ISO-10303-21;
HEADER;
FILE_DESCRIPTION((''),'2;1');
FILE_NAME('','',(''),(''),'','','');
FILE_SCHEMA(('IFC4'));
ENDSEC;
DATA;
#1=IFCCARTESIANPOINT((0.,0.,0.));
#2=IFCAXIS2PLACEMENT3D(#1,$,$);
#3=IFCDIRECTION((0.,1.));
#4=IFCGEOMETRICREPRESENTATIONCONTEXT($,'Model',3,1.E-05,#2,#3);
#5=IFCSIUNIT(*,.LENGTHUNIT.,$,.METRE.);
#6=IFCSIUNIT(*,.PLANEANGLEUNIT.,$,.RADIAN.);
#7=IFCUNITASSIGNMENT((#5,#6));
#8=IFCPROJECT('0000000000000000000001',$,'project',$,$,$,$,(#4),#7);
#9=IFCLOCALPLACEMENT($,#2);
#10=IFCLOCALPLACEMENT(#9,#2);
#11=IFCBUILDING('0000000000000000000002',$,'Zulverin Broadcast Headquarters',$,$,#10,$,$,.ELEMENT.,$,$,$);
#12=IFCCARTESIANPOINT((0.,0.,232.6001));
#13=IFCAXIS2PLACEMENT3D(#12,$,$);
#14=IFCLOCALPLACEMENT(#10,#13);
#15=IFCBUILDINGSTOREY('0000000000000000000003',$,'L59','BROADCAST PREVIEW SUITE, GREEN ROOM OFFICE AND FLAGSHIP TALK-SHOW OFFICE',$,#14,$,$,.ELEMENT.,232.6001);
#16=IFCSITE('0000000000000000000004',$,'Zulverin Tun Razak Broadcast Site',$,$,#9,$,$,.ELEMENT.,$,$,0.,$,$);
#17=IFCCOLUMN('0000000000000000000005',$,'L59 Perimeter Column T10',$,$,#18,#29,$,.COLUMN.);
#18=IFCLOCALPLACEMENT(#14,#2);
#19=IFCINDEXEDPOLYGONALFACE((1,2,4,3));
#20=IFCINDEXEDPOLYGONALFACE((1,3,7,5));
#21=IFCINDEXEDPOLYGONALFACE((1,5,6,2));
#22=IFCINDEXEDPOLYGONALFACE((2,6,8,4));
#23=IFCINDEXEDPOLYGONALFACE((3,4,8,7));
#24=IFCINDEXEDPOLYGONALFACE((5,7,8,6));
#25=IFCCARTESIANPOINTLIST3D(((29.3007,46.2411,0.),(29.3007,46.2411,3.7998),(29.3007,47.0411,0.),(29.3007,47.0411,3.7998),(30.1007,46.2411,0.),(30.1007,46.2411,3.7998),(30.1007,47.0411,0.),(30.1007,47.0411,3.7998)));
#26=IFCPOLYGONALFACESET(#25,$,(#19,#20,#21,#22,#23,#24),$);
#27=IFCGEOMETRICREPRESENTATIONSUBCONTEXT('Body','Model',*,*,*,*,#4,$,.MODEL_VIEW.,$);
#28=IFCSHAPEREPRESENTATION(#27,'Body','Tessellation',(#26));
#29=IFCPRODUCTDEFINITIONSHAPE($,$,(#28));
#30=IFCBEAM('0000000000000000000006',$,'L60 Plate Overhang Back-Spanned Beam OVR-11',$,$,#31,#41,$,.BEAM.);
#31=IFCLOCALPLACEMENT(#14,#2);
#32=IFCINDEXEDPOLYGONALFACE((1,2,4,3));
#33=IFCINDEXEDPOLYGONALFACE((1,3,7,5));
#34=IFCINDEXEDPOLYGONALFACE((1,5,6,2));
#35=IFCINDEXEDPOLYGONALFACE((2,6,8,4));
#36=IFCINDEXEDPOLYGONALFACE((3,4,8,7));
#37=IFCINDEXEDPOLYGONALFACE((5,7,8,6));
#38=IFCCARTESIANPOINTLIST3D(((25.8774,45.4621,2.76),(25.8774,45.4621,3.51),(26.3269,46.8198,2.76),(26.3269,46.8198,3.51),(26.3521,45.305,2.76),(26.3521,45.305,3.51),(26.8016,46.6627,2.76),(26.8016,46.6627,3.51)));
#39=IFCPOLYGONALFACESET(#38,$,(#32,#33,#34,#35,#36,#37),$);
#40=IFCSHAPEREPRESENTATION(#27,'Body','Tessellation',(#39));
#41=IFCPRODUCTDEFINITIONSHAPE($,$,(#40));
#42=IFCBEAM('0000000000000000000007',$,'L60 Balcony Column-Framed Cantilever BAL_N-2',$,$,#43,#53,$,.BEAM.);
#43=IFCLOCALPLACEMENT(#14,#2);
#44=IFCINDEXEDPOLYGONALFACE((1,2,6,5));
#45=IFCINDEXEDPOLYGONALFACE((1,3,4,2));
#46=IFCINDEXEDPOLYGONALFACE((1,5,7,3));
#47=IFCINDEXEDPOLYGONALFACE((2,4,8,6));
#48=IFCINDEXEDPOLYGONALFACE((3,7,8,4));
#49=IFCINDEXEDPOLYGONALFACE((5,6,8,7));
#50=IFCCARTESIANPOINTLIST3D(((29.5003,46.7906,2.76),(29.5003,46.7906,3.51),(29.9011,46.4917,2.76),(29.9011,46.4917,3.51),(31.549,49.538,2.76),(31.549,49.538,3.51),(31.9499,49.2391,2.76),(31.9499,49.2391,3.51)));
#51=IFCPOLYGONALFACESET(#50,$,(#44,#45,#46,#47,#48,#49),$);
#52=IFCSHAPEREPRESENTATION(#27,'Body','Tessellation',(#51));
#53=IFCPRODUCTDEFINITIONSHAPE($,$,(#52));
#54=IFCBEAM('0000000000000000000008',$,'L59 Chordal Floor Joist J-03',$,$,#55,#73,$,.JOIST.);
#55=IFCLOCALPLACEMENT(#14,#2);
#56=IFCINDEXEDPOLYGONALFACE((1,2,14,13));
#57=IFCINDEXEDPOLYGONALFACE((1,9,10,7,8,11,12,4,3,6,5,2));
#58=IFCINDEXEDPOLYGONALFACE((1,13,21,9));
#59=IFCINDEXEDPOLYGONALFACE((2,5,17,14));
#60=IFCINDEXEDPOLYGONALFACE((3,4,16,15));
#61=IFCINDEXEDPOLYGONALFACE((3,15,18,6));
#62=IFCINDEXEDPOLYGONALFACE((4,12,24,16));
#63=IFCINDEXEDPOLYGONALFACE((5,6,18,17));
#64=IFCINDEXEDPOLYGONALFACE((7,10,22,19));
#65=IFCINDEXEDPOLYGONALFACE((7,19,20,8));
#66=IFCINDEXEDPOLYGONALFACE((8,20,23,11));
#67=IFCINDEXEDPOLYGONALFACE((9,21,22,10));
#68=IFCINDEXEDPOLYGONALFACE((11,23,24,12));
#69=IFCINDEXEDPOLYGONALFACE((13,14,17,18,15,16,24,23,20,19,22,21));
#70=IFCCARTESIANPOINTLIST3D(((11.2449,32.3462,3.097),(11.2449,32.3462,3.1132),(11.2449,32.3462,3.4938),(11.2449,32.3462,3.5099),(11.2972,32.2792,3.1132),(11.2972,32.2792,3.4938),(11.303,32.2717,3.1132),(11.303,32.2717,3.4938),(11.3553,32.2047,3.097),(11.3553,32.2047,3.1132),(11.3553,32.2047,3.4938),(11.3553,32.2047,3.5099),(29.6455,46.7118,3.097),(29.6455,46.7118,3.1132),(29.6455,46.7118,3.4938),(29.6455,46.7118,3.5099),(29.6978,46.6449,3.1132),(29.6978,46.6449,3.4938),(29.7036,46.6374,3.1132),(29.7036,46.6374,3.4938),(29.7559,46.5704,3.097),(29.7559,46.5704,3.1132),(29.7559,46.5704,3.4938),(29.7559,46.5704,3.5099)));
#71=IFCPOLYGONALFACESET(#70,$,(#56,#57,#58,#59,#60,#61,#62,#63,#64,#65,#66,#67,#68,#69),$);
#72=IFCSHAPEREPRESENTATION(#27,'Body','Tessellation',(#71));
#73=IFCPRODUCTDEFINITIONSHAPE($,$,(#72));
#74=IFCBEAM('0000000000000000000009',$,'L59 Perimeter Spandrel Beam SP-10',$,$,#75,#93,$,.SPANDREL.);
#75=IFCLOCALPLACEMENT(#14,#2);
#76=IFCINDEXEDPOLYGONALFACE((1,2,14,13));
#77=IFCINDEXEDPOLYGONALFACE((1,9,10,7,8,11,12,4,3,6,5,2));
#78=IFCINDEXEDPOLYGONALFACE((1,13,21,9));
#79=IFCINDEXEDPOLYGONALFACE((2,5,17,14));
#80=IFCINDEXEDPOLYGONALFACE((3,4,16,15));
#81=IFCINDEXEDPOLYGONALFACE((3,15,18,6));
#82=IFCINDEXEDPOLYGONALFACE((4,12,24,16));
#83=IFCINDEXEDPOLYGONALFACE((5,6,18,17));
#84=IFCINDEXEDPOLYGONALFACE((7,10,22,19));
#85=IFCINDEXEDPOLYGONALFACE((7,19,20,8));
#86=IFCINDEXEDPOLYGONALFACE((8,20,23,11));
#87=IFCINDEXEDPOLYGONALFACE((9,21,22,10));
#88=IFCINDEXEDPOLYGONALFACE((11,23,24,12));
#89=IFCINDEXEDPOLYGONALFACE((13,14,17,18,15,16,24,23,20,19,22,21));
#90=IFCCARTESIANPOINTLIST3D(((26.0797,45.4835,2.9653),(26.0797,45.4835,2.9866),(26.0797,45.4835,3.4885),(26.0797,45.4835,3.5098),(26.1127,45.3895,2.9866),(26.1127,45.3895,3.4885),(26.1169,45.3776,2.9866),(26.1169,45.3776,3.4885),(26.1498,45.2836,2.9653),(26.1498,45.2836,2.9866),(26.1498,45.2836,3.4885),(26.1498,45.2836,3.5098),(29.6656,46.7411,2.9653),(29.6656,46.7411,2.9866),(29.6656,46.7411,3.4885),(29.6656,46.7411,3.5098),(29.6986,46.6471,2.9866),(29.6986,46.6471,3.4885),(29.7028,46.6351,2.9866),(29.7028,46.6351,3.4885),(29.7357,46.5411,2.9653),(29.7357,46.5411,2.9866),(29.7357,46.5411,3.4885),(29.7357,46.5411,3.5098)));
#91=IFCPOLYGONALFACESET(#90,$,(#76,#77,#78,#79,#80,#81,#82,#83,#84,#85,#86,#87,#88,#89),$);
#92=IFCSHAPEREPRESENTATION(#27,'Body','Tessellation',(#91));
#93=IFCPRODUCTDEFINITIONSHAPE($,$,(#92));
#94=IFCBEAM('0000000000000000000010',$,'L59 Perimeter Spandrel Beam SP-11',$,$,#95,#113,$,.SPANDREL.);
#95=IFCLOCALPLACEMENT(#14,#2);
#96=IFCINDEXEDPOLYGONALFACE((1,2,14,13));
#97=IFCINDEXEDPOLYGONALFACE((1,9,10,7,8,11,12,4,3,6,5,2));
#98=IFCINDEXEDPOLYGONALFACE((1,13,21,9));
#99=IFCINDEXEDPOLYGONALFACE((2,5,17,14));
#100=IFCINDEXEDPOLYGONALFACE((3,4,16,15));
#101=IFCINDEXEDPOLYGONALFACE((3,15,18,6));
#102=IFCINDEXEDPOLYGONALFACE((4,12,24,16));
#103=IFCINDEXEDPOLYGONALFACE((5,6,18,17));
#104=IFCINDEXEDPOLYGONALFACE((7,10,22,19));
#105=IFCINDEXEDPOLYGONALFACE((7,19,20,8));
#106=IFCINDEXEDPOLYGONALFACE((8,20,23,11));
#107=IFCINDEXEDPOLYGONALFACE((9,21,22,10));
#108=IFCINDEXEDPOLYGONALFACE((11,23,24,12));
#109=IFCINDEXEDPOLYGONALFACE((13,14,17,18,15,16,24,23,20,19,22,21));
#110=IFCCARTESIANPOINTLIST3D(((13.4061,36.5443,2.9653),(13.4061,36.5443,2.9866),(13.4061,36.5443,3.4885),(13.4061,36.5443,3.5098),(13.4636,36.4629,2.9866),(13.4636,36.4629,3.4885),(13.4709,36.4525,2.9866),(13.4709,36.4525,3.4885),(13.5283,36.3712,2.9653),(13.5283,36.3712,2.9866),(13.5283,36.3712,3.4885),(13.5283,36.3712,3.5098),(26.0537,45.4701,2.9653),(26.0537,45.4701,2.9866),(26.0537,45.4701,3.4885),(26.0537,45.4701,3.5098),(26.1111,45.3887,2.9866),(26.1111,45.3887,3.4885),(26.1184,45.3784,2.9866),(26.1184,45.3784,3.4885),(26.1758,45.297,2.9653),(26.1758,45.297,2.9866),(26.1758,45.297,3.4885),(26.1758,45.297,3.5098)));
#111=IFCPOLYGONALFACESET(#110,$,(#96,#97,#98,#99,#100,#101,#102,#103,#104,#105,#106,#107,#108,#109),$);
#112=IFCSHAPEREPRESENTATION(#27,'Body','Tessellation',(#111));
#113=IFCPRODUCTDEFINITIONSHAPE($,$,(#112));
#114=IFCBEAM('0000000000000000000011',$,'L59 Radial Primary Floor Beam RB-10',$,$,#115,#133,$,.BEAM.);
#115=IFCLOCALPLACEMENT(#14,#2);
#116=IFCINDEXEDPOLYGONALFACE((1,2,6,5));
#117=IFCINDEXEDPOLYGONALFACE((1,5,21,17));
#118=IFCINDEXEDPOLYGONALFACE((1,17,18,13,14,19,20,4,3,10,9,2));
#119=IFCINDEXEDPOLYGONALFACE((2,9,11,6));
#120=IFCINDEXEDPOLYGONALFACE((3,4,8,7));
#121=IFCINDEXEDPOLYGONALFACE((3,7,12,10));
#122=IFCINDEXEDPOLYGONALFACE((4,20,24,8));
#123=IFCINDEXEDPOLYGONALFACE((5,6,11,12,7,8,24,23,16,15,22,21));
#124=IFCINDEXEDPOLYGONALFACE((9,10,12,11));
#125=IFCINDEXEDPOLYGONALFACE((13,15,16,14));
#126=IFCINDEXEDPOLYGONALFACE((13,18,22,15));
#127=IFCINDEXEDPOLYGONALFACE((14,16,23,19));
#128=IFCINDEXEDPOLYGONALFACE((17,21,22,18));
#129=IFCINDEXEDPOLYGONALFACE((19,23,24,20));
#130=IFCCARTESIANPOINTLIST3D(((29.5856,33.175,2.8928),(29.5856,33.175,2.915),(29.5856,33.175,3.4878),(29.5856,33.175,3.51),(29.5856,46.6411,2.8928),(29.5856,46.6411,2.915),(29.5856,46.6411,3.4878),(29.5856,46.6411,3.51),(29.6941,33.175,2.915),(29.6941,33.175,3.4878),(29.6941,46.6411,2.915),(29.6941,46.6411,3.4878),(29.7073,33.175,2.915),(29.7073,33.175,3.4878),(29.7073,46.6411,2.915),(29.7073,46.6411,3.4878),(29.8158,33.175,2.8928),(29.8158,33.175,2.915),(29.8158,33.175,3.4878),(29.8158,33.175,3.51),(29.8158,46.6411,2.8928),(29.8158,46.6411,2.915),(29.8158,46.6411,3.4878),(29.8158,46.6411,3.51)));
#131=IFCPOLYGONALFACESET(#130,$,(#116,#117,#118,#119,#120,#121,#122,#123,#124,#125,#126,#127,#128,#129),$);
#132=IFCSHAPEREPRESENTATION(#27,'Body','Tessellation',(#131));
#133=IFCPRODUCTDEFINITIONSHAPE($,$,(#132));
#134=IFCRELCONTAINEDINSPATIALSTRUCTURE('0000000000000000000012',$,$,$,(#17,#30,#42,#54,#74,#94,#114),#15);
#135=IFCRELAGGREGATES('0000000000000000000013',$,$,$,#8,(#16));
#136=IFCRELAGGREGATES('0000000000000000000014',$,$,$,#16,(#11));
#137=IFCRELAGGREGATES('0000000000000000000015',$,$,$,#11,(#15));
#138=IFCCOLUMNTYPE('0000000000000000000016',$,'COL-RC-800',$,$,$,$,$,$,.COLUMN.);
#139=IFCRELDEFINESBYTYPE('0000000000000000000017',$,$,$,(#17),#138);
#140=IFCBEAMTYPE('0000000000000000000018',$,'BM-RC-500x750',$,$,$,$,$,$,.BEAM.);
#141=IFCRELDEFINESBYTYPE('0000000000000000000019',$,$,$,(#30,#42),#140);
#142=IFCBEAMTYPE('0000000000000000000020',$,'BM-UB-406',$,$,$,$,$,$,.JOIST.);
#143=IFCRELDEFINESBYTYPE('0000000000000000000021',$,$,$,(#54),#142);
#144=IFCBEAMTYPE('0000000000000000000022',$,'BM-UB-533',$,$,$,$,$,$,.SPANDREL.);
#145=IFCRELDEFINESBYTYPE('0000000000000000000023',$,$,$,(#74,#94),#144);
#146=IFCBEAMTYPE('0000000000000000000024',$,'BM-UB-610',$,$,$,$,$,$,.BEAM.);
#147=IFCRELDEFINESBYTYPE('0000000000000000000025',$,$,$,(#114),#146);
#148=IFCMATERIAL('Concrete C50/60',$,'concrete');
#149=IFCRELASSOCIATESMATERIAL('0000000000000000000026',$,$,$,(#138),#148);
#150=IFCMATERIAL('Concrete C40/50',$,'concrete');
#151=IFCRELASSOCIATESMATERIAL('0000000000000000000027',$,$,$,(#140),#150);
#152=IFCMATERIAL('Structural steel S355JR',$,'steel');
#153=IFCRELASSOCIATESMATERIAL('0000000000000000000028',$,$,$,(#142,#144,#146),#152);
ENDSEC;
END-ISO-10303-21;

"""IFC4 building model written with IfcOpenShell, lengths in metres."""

from ifc_helpers import new_model, si_unit, direction, frame, origin, origin_2d, place, context, subcontext, project, spatial, rectangle, i_section, extrude, material, material_profile, profile_set, type_object, element, save


model = new_model("IFC4")

# Units and contexts
model_context = context("Model", 3, precision=1e-05, world=origin(), true_north=direction((0.0, 1.0)))
body_context = subcontext(model_context, "Body", "Model", "MODEL_VIEW")
ifc_project = project(units=[si_unit("LENGTHUNIT", "METRE"), si_unit("PLANEANGLEUNIT", "RADIAN")], contexts=[model_context])

# Site, building, storey
site_placement = place(None, origin())
site = spatial("IfcSite", under=ifc_project, at=site_placement, Name="Zulverin Tun Razak Broadcast Site", CompositionType="ELEMENT", RefElevation=0.0)
building_placement = place(site_placement, origin())
building = spatial("IfcBuilding", under=site, at=building_placement, Name="Zulverin Broadcast Headquarters", CompositionType="ELEMENT")
storey_placement = place(building_placement, frame((0.0, 0.0, 232.6001)))
storey = spatial("IfcBuildingStorey", under=building, at=storey_placement, Name="L59", Description="BROADCAST PREVIEW SUITE, GREEN ROOM OFFICE AND FLAGSHIP TALK-SHOW OFFICE", CompositionType="ELEMENT", Elevation=232.6001)

# Column
ifc_material_1 = material(Name="Concrete C50/60", Category="concrete")
ifc_material_profile_1 = material_profile(ifc_material_1, rectangle(XDim=0.8, YDim=0.8, at=origin_2d()), Name="Concrete C50/60", Category="concrete")
ifc_profile_set_1 = profile_set([ifc_material_profile_1], Name="Concrete C50/60")
column_type = type_object("IfcColumnType", Name="COL-RC-800", PredefinedType="COLUMN", material=ifc_profile_set_1)
column_placement = place(storey_placement, frame((29.7007, 46.6411, 0.0), z_axis=(0.0, 0.0, 1.0), x_axis=(1.0, 0.0, 0.0)))
element("IfcColumn", 1, at=column_placement, inside=storey, type_object=column_type, Name="L59 Perimeter Column T10", PredefinedType="COLUMN", context=body_context, shape_type="SweptSolid", body=[
    extrude(rectangle(XDim=0.8, YDim=0.8, at=origin_2d()), origin(), (0.0, 0.0, 1.0), 3.7998),
])

# Beams
ifc_material_2 = material(Name="Concrete C40/50", Category="concrete")
ifc_material_profile_2 = material_profile(ifc_material_2, rectangle(XDim=0.5, YDim=0.75, at=origin_2d()), Name="Concrete C40/50", Category="concrete")
ifc_profile_set_2 = profile_set([ifc_material_profile_2], Name="Concrete C40/50")
beam_type_1 = type_object("IfcBeamType", Name="BM-RC-500x750", PredefinedType="BEAM", material=ifc_profile_set_2)
beam_1_placement = place(storey_placement, frame((26.1147, 45.3835, 3.135), z_axis=(0.314281, 0.94933, 0.0), x_axis=(-0.94933, 0.314281, 0.0)))
element("IfcBeam", 2, at=beam_1_placement, inside=storey, type_object=beam_type_1, Name="L60 Plate Overhang Back-Spanned Beam OVR-11", PredefinedType="BEAM", context=body_context, shape_type="SweptSolid", body=[
    extrude(rectangle(XDim=0.5, YDim=0.75, at=origin_2d()), origin(), (0.0, 0.0, 1.0), 1.4302),
])
beam_2_placement = place(storey_placement, frame((29.7007, 46.6411, 3.135), z_axis=(0.597787, 0.801655, 0.0), x_axis=(-0.801655, 0.597787, 0.0)))
element("IfcBeam", 3, at=beam_2_placement, inside=storey, type_object=beam_type_1, Name="L60 Balcony Column-Framed Cantilever BAL_N-2", PredefinedType="BEAM", context=body_context, shape_type="SweptSolid", body=[
    extrude(rectangle(XDim=0.5, YDim=0.75, at=origin_2d()), origin(), (0.0, 0.0, 1.0), 3.4272),
])
ifc_material_3 = material(Name="Structural steel S355JR", Category="steel")
ifc_material_profile_3 = material_profile(ifc_material_3, i_section(OverallWidth=0.1794, OverallDepth=0.4128, WebThickness=0.0095, FlangeThickness=0.0161, at=origin_2d()), Name="Structural steel S355JR", Category="steel")
ifc_profile_set_3 = profile_set([ifc_material_profile_3], Name="Structural steel S355JR")
beam_type_2 = type_object("IfcBeamType", Name="BM-UB-406", PredefinedType="JOIST", material=ifc_profile_set_3)
beam_3_placement = place(storey_placement, frame((29.7007, 46.6411, 3.3035), z_axis=(-0.788227, -0.615384, 0.0), x_axis=(0.615384, -0.788227, 0.0)))
element("IfcBeam", 4, at=beam_3_placement, inside=storey, type_object=beam_type_2, Name="L59 Chordal Floor Joist J-03", PredefinedType="JOIST", context=body_context, shape_type="SweptSolid", body=[
    extrude(i_section(OverallWidth=0.1794, OverallDepth=0.4128, WebThickness=0.0095, FlangeThickness=0.0161, at=origin_2d()), origin(), (0.0, 0.0, 1.0), 23.3442),
])
ifc_material_profile_4 = material_profile(ifc_material_3, i_section(OverallWidth=0.2119, OverallDepth=0.5444, WebThickness=0.0127, FlangeThickness=0.0212, at=origin_2d()), Name="Structural steel S355JR", Category="steel")
ifc_profile_set_4 = profile_set([ifc_material_profile_4], Name="Structural steel S355JR")
beam_type_3 = type_object("IfcBeamType", Name="BM-UB-533", PredefinedType="SPANDREL", material=ifc_profile_set_4)
beam_4_placement = place(storey_placement, frame((29.7007, 46.6411, 3.2375), z_axis=(-0.943654, -0.330934, 0.0), x_axis=(0.330934, -0.943654, 0.0)))
element("IfcBeam", 5, at=beam_4_placement, inside=storey, type_object=beam_type_3, Name="L59 Perimeter Spandrel Beam SP-10", PredefinedType="SPANDREL", context=body_context, shape_type="SweptSolid", body=[
    extrude(i_section(OverallWidth=0.2119, OverallDepth=0.5444, WebThickness=0.0127, FlangeThickness=0.0212, at=origin_2d()), origin(), (0.0, 0.0, 1.0), 3.8),
])
beam_5_placement = place(storey_placement, frame((26.1147, 45.3835, 3.2375), z_axis=(-0.817024, -0.576604, 0.0), x_axis=(0.576604, -0.817024, 0.0)))
element("IfcBeam", 6, at=beam_5_placement, inside=storey, type_object=beam_type_3, Name="L59 Perimeter Spandrel Beam SP-11", PredefinedType="SPANDREL", context=body_context, shape_type="SweptSolid", body=[
    extrude(i_section(OverallWidth=0.2119, OverallDepth=0.5444, WebThickness=0.0127, FlangeThickness=0.0212, at=origin_2d()), origin(), (0.0, 0.0, 1.0), 15.48),
])
ifc_material_profile_5 = material_profile(ifc_material_3, i_section(OverallWidth=0.2302, OverallDepth=0.6172, WebThickness=0.0132, FlangeThickness=0.0222, at=origin_2d()), Name="Structural steel S355JR", Category="steel")
ifc_profile_set_5 = profile_set([ifc_material_profile_5], Name="Structural steel S355JR")
beam_type_4 = type_object("IfcBeamType", Name="BM-UB-610", PredefinedType="BEAM", material=ifc_profile_set_5)
beam_6_placement = place(storey_placement, frame((29.7007, 33.175, 3.2014), z_axis=(0.0, 1.0, 0.0), x_axis=(-1.0, 0.0, 0.0)))
element("IfcBeam", 7, at=beam_6_placement, inside=storey, type_object=beam_type_4, Name="L59 Radial Primary Floor Beam RB-10", PredefinedType="BEAM", context=body_context, shape_type="SweptSolid", body=[
    extrude(i_section(OverallWidth=0.2302, OverallDepth=0.6172, WebThickness=0.0132, FlangeThickness=0.0222, at=origin_2d()), origin(), (0.0, 0.0, 1.0), 13.4661),
])

save(model, "model.ifc")
